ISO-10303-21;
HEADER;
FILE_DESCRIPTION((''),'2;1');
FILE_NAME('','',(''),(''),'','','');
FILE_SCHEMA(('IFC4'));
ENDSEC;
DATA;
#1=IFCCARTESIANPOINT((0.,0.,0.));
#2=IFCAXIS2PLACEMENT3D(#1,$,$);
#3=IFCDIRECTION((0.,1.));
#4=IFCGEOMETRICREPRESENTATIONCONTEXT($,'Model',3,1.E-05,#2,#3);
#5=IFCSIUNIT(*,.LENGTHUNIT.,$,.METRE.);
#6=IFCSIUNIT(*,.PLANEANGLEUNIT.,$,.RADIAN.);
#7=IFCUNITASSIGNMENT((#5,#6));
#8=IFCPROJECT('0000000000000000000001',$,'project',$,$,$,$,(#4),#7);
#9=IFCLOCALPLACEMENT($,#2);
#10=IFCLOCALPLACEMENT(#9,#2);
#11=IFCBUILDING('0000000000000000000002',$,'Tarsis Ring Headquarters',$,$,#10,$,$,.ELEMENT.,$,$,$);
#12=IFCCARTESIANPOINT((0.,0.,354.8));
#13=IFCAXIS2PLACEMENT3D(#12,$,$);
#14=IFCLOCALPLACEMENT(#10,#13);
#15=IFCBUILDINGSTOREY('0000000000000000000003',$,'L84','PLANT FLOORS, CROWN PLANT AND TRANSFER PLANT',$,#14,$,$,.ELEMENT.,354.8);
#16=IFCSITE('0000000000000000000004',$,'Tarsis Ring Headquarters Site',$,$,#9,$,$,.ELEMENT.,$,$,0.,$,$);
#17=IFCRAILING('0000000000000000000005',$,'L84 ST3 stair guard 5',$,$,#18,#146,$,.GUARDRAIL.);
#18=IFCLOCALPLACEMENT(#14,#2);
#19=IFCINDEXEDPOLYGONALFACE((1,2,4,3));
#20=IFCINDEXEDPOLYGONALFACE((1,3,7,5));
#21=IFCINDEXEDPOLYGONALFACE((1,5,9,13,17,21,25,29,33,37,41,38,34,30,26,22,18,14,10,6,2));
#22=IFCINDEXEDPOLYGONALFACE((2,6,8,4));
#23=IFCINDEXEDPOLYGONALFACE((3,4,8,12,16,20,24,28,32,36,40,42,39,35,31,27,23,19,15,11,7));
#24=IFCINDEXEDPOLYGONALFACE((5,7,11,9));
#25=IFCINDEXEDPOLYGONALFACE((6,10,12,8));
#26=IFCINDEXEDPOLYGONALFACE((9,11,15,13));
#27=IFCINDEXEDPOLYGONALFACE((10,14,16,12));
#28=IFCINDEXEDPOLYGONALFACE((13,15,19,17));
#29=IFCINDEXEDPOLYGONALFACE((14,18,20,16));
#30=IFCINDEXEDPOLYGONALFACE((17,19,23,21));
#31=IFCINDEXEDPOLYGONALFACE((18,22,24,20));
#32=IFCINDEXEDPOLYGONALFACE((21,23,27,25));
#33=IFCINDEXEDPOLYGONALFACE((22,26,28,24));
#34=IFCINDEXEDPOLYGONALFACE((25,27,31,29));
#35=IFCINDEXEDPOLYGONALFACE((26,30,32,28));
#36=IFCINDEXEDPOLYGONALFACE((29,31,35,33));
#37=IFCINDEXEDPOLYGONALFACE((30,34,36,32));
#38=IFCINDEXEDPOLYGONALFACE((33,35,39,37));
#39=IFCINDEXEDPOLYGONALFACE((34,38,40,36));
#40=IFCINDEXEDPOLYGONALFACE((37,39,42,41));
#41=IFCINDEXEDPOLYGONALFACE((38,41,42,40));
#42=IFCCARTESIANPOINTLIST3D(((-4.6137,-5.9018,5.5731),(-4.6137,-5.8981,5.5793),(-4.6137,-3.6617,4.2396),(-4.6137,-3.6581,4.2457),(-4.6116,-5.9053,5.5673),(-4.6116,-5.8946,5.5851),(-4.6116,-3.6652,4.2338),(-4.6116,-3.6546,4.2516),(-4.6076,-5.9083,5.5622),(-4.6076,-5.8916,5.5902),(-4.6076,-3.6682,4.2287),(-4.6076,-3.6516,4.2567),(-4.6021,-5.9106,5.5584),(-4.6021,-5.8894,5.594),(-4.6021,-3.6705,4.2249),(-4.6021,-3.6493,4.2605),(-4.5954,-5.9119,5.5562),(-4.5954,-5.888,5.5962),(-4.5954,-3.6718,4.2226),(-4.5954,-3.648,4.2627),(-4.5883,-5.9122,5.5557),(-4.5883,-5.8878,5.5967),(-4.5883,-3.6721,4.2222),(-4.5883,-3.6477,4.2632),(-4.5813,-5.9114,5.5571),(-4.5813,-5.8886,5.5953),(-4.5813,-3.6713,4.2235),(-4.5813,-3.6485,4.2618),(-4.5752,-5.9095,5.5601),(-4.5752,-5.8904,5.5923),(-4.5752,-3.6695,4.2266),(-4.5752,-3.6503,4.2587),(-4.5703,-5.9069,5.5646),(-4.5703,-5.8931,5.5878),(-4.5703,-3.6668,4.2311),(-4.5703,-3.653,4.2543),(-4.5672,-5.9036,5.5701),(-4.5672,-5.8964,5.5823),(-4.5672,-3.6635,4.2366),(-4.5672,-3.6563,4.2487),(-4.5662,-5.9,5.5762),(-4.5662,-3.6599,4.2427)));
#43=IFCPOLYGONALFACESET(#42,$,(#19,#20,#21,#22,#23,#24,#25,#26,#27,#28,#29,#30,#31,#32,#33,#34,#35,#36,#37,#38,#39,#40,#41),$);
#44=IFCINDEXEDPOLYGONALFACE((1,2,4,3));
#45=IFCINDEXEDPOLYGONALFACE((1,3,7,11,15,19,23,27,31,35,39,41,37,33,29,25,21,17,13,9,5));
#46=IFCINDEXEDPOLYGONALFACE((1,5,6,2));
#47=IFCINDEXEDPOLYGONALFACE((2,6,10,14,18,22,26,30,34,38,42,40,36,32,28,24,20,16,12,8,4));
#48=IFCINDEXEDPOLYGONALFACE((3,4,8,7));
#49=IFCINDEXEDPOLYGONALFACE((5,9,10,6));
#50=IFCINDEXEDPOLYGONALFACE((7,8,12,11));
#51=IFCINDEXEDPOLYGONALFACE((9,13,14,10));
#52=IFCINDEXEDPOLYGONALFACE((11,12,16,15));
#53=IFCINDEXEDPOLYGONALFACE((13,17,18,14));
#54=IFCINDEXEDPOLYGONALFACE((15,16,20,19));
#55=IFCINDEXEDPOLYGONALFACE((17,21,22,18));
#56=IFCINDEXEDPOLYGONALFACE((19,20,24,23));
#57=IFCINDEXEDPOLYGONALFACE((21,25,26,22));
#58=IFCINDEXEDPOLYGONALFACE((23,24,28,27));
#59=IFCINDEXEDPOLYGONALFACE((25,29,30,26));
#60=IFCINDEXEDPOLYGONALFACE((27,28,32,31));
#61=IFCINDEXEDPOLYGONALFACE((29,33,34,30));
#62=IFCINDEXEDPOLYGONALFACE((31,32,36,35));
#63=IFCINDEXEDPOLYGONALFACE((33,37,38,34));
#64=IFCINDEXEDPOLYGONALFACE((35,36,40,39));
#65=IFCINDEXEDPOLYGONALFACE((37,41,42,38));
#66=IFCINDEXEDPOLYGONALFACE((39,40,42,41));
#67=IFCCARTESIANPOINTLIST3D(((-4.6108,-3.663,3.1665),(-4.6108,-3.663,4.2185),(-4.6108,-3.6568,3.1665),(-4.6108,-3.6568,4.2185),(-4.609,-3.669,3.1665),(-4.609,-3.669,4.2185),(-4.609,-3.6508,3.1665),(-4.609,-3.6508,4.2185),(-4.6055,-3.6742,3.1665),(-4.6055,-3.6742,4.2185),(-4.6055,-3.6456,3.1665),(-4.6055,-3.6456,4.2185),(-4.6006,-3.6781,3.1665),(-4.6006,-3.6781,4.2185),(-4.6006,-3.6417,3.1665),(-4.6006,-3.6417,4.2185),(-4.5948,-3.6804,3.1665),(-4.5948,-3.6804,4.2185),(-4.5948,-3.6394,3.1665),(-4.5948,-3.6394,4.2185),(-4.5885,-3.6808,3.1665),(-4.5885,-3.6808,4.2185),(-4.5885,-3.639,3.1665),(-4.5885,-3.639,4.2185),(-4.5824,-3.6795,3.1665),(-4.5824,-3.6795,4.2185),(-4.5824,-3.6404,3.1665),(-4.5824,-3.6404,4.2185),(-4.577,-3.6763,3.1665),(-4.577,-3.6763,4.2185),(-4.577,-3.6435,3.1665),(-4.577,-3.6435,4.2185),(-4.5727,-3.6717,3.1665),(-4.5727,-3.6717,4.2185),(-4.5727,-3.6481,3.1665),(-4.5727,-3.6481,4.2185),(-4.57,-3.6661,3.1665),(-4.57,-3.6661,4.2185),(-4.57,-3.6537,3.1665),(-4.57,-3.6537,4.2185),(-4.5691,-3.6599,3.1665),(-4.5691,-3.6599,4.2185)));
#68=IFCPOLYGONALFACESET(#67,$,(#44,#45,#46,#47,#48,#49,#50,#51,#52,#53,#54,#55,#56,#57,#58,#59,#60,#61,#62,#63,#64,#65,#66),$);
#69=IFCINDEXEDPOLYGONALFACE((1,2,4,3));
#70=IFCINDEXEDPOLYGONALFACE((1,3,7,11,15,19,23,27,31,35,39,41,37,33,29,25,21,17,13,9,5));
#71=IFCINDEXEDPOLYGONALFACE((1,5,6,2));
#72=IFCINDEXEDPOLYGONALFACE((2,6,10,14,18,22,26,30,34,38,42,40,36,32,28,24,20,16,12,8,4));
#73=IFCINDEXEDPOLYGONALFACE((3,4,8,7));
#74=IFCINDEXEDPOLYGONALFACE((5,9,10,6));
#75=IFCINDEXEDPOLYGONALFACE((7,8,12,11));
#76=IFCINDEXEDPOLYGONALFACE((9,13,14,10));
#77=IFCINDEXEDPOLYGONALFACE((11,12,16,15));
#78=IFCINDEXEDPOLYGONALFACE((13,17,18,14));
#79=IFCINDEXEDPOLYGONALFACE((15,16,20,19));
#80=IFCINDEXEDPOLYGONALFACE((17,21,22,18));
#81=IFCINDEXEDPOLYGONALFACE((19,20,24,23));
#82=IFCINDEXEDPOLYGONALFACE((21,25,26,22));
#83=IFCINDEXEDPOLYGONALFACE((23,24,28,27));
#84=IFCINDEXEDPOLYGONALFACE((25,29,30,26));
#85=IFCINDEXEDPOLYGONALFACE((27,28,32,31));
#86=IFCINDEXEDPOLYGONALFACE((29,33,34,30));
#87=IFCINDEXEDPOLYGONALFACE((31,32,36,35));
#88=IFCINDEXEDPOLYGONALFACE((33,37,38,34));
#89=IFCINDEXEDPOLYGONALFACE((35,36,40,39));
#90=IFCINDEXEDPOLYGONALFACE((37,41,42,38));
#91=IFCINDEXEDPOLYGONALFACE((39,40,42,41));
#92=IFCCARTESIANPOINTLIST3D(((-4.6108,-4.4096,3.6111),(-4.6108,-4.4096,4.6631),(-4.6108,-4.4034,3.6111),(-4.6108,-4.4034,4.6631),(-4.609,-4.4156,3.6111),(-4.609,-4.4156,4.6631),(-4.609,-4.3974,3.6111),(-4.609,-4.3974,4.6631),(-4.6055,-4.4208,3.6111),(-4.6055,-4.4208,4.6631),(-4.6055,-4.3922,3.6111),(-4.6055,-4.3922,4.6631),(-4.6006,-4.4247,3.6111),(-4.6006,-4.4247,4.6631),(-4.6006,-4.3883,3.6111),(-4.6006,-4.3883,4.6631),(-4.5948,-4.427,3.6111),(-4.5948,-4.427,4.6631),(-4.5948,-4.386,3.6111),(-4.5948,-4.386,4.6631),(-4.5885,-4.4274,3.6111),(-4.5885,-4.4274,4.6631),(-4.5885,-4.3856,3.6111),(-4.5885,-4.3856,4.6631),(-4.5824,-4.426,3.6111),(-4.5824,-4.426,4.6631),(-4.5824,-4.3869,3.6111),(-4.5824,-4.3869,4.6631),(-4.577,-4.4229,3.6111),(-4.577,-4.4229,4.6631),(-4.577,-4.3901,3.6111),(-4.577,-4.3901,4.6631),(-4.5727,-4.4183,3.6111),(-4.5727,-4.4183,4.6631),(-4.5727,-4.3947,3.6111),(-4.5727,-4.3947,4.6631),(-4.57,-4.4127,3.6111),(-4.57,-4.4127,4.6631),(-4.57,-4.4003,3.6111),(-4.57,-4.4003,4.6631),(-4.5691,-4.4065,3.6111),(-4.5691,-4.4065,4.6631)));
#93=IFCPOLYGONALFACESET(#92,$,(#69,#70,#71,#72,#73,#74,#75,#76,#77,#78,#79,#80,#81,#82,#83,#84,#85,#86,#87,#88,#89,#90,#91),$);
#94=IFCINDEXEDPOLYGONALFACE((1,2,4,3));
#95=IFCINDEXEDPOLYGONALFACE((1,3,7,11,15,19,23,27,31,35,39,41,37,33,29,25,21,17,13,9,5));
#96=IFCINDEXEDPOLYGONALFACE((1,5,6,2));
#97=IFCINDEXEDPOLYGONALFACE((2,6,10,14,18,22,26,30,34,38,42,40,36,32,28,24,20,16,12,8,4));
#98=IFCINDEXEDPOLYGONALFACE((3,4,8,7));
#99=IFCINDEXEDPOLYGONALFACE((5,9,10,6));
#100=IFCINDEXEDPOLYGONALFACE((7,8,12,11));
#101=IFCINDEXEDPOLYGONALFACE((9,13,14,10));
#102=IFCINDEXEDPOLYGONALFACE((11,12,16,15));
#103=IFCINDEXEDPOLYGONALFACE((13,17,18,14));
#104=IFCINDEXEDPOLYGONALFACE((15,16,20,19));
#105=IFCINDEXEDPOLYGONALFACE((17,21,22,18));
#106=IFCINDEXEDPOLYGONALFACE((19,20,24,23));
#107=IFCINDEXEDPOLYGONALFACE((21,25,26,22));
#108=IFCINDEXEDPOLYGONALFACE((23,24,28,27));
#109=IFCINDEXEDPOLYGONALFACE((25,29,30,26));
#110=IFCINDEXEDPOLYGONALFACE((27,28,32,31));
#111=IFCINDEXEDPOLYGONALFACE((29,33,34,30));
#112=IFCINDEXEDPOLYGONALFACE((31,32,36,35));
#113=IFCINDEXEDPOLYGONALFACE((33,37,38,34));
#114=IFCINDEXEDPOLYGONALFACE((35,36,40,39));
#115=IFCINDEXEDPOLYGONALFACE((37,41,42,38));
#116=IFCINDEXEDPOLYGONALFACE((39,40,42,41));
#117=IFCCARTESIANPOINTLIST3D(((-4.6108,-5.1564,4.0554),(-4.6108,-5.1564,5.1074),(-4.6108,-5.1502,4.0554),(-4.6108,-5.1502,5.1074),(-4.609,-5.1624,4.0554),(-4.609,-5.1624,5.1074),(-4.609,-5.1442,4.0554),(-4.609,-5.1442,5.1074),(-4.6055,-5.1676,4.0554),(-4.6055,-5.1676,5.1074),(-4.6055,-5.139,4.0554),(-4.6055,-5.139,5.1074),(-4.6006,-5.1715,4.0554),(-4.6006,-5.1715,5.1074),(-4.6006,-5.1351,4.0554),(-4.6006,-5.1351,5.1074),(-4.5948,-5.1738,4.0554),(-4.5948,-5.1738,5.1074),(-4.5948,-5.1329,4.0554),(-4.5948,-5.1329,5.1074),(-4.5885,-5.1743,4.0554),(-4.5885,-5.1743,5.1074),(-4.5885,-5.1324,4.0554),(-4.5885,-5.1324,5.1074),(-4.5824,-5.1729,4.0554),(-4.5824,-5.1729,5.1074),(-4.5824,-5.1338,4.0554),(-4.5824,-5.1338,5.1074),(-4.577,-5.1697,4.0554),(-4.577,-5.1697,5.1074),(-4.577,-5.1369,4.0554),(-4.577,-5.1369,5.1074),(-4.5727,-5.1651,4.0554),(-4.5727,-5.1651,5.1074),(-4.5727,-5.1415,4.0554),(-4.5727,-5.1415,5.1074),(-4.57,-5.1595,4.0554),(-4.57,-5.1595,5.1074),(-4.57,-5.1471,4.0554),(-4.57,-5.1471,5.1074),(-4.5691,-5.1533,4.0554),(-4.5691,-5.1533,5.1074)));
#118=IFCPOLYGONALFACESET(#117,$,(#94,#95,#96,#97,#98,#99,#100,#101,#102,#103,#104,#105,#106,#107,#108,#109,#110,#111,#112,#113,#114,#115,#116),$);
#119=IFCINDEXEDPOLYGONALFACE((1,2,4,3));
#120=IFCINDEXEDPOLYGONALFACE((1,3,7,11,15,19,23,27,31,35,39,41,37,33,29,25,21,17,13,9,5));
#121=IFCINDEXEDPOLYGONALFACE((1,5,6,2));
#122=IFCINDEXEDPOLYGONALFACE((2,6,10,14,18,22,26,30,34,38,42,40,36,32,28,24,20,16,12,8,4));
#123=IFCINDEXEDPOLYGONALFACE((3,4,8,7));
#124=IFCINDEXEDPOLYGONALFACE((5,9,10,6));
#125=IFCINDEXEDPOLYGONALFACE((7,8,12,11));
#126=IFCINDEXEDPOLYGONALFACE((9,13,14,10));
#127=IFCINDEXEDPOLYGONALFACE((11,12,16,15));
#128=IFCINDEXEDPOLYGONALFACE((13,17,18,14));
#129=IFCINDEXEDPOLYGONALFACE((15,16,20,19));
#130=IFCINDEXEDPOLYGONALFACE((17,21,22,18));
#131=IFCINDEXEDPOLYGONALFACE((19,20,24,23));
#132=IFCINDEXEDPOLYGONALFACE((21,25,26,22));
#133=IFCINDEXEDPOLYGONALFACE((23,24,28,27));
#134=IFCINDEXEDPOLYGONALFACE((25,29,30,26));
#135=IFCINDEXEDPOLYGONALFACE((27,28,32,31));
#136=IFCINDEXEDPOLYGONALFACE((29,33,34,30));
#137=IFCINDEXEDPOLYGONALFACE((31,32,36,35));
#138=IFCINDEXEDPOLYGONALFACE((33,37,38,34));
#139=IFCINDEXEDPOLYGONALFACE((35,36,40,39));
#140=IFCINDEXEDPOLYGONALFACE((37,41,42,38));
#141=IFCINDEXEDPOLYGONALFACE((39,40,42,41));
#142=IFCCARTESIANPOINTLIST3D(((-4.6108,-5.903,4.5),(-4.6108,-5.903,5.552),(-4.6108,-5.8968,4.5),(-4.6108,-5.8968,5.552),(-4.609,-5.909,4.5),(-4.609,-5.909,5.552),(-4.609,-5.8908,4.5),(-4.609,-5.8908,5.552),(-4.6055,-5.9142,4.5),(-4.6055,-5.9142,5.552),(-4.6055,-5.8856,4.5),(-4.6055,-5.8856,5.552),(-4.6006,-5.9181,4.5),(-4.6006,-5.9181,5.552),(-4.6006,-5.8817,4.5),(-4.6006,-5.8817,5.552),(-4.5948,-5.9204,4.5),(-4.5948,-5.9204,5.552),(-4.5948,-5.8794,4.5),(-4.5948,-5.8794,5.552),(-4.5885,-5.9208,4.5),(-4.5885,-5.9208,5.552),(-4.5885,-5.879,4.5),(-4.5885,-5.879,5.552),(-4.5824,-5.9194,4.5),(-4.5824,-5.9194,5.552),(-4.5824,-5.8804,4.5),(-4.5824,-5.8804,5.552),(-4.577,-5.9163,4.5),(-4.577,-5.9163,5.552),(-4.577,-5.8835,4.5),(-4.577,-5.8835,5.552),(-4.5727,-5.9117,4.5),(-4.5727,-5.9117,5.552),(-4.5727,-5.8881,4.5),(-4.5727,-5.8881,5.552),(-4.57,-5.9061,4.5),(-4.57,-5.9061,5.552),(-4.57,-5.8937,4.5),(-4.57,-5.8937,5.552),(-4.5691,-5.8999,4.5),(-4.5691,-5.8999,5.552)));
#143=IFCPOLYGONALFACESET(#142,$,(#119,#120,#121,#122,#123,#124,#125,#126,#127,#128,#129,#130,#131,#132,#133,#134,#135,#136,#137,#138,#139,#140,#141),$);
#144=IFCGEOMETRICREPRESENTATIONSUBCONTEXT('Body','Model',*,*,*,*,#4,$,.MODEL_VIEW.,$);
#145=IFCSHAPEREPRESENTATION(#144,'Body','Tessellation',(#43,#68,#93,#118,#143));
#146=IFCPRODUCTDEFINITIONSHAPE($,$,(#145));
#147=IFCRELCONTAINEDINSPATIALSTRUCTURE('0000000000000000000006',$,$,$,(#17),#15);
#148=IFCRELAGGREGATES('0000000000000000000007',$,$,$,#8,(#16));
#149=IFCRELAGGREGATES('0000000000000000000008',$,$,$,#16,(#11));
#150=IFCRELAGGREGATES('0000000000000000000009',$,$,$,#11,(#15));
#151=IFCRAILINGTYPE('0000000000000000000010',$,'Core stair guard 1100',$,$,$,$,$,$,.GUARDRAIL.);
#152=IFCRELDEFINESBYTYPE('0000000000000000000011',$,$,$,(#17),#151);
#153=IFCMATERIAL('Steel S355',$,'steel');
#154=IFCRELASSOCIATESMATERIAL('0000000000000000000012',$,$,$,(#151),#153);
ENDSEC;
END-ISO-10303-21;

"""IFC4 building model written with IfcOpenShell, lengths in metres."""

from ifc_helpers import new_model, si_unit, direction, frame, origin, origin_2d, place, context, subcontext, project, spatial, circle, extrude, material, type_object, element, save


model = new_model("IFC4")

# Units and contexts
model_context = context("Model", 3, precision=1e-05, world=origin(), true_north=direction((0.0, 1.0)))
body_context = subcontext(model_context, "Body", "Model", "MODEL_VIEW")
ifc_project = project(units=[si_unit("LENGTHUNIT", "METRE"), si_unit("PLANEANGLEUNIT", "RADIAN")], contexts=[model_context])

# Site, building, storey
site_placement = place(None, origin())
site = spatial("IfcSite", under=ifc_project, at=site_placement, Name="Tarsis Ring Headquarters Site", CompositionType="ELEMENT", RefElevation=0.0)
building_placement = place(site_placement, origin())
building = spatial("IfcBuilding", under=site, at=building_placement, Name="Tarsis Ring Headquarters", CompositionType="ELEMENT")
storey_placement = place(building_placement, frame((0.0, 0.0, 354.8)))
storey = spatial("IfcBuildingStorey", under=building, at=storey_placement, Name="L84", Description="PLANT FLOORS, CROWN PLANT AND TRANSFER PLANT", CompositionType="ELEMENT", Elevation=354.8)

# Railing
ifc_material_1 = material(Name="Steel S355", Category="steel")
railing_type_1 = type_object("IfcRailingType", Name="Core stair guard 1100", PredefinedType="GUARDRAIL", material=ifc_material_1)
railing_1_placement = place(storey_placement, frame((-4.5901, -3.6599, 3.1665)))
element("IfcRailing", 1, at=railing_1_placement, inside=storey, type_object=railing_type_1, Name="L84 ST3 stair guard 5", PredefinedType="GUARDRAIL", context=body_context, shape_type="SweptSolid", body=[
    extrude(circle(Radius=0.0239, at=origin_2d()), frame((0.0, 0.0, 1.0762), z_axis=(0.0, -0.859264, 0.511532), x_axis=(1.0, 0.0, 0.0)), (0.0, 0.0, 1.0), 2.6069),
    extrude(circle(Radius=0.021, at=origin_2d()), origin(), (0.0, 0.0, 1.0), 1.052),
    extrude(circle(Radius=0.021, at=origin_2d()), frame((0.0, -0.7466, 0.4446)), (0.0, 0.0, 1.0), 1.052),
    extrude(circle(Radius=0.021, at=origin_2d()), frame((0.0, -1.4934, 0.8889)), (0.0, 0.0, 1.0), 1.052),
    extrude(circle(Radius=0.021, at=origin_2d()), frame((0.0, -2.24, 1.3335)), (0.0, 0.0, 1.0), 1.052),
])

save(model, "model.ifc")
